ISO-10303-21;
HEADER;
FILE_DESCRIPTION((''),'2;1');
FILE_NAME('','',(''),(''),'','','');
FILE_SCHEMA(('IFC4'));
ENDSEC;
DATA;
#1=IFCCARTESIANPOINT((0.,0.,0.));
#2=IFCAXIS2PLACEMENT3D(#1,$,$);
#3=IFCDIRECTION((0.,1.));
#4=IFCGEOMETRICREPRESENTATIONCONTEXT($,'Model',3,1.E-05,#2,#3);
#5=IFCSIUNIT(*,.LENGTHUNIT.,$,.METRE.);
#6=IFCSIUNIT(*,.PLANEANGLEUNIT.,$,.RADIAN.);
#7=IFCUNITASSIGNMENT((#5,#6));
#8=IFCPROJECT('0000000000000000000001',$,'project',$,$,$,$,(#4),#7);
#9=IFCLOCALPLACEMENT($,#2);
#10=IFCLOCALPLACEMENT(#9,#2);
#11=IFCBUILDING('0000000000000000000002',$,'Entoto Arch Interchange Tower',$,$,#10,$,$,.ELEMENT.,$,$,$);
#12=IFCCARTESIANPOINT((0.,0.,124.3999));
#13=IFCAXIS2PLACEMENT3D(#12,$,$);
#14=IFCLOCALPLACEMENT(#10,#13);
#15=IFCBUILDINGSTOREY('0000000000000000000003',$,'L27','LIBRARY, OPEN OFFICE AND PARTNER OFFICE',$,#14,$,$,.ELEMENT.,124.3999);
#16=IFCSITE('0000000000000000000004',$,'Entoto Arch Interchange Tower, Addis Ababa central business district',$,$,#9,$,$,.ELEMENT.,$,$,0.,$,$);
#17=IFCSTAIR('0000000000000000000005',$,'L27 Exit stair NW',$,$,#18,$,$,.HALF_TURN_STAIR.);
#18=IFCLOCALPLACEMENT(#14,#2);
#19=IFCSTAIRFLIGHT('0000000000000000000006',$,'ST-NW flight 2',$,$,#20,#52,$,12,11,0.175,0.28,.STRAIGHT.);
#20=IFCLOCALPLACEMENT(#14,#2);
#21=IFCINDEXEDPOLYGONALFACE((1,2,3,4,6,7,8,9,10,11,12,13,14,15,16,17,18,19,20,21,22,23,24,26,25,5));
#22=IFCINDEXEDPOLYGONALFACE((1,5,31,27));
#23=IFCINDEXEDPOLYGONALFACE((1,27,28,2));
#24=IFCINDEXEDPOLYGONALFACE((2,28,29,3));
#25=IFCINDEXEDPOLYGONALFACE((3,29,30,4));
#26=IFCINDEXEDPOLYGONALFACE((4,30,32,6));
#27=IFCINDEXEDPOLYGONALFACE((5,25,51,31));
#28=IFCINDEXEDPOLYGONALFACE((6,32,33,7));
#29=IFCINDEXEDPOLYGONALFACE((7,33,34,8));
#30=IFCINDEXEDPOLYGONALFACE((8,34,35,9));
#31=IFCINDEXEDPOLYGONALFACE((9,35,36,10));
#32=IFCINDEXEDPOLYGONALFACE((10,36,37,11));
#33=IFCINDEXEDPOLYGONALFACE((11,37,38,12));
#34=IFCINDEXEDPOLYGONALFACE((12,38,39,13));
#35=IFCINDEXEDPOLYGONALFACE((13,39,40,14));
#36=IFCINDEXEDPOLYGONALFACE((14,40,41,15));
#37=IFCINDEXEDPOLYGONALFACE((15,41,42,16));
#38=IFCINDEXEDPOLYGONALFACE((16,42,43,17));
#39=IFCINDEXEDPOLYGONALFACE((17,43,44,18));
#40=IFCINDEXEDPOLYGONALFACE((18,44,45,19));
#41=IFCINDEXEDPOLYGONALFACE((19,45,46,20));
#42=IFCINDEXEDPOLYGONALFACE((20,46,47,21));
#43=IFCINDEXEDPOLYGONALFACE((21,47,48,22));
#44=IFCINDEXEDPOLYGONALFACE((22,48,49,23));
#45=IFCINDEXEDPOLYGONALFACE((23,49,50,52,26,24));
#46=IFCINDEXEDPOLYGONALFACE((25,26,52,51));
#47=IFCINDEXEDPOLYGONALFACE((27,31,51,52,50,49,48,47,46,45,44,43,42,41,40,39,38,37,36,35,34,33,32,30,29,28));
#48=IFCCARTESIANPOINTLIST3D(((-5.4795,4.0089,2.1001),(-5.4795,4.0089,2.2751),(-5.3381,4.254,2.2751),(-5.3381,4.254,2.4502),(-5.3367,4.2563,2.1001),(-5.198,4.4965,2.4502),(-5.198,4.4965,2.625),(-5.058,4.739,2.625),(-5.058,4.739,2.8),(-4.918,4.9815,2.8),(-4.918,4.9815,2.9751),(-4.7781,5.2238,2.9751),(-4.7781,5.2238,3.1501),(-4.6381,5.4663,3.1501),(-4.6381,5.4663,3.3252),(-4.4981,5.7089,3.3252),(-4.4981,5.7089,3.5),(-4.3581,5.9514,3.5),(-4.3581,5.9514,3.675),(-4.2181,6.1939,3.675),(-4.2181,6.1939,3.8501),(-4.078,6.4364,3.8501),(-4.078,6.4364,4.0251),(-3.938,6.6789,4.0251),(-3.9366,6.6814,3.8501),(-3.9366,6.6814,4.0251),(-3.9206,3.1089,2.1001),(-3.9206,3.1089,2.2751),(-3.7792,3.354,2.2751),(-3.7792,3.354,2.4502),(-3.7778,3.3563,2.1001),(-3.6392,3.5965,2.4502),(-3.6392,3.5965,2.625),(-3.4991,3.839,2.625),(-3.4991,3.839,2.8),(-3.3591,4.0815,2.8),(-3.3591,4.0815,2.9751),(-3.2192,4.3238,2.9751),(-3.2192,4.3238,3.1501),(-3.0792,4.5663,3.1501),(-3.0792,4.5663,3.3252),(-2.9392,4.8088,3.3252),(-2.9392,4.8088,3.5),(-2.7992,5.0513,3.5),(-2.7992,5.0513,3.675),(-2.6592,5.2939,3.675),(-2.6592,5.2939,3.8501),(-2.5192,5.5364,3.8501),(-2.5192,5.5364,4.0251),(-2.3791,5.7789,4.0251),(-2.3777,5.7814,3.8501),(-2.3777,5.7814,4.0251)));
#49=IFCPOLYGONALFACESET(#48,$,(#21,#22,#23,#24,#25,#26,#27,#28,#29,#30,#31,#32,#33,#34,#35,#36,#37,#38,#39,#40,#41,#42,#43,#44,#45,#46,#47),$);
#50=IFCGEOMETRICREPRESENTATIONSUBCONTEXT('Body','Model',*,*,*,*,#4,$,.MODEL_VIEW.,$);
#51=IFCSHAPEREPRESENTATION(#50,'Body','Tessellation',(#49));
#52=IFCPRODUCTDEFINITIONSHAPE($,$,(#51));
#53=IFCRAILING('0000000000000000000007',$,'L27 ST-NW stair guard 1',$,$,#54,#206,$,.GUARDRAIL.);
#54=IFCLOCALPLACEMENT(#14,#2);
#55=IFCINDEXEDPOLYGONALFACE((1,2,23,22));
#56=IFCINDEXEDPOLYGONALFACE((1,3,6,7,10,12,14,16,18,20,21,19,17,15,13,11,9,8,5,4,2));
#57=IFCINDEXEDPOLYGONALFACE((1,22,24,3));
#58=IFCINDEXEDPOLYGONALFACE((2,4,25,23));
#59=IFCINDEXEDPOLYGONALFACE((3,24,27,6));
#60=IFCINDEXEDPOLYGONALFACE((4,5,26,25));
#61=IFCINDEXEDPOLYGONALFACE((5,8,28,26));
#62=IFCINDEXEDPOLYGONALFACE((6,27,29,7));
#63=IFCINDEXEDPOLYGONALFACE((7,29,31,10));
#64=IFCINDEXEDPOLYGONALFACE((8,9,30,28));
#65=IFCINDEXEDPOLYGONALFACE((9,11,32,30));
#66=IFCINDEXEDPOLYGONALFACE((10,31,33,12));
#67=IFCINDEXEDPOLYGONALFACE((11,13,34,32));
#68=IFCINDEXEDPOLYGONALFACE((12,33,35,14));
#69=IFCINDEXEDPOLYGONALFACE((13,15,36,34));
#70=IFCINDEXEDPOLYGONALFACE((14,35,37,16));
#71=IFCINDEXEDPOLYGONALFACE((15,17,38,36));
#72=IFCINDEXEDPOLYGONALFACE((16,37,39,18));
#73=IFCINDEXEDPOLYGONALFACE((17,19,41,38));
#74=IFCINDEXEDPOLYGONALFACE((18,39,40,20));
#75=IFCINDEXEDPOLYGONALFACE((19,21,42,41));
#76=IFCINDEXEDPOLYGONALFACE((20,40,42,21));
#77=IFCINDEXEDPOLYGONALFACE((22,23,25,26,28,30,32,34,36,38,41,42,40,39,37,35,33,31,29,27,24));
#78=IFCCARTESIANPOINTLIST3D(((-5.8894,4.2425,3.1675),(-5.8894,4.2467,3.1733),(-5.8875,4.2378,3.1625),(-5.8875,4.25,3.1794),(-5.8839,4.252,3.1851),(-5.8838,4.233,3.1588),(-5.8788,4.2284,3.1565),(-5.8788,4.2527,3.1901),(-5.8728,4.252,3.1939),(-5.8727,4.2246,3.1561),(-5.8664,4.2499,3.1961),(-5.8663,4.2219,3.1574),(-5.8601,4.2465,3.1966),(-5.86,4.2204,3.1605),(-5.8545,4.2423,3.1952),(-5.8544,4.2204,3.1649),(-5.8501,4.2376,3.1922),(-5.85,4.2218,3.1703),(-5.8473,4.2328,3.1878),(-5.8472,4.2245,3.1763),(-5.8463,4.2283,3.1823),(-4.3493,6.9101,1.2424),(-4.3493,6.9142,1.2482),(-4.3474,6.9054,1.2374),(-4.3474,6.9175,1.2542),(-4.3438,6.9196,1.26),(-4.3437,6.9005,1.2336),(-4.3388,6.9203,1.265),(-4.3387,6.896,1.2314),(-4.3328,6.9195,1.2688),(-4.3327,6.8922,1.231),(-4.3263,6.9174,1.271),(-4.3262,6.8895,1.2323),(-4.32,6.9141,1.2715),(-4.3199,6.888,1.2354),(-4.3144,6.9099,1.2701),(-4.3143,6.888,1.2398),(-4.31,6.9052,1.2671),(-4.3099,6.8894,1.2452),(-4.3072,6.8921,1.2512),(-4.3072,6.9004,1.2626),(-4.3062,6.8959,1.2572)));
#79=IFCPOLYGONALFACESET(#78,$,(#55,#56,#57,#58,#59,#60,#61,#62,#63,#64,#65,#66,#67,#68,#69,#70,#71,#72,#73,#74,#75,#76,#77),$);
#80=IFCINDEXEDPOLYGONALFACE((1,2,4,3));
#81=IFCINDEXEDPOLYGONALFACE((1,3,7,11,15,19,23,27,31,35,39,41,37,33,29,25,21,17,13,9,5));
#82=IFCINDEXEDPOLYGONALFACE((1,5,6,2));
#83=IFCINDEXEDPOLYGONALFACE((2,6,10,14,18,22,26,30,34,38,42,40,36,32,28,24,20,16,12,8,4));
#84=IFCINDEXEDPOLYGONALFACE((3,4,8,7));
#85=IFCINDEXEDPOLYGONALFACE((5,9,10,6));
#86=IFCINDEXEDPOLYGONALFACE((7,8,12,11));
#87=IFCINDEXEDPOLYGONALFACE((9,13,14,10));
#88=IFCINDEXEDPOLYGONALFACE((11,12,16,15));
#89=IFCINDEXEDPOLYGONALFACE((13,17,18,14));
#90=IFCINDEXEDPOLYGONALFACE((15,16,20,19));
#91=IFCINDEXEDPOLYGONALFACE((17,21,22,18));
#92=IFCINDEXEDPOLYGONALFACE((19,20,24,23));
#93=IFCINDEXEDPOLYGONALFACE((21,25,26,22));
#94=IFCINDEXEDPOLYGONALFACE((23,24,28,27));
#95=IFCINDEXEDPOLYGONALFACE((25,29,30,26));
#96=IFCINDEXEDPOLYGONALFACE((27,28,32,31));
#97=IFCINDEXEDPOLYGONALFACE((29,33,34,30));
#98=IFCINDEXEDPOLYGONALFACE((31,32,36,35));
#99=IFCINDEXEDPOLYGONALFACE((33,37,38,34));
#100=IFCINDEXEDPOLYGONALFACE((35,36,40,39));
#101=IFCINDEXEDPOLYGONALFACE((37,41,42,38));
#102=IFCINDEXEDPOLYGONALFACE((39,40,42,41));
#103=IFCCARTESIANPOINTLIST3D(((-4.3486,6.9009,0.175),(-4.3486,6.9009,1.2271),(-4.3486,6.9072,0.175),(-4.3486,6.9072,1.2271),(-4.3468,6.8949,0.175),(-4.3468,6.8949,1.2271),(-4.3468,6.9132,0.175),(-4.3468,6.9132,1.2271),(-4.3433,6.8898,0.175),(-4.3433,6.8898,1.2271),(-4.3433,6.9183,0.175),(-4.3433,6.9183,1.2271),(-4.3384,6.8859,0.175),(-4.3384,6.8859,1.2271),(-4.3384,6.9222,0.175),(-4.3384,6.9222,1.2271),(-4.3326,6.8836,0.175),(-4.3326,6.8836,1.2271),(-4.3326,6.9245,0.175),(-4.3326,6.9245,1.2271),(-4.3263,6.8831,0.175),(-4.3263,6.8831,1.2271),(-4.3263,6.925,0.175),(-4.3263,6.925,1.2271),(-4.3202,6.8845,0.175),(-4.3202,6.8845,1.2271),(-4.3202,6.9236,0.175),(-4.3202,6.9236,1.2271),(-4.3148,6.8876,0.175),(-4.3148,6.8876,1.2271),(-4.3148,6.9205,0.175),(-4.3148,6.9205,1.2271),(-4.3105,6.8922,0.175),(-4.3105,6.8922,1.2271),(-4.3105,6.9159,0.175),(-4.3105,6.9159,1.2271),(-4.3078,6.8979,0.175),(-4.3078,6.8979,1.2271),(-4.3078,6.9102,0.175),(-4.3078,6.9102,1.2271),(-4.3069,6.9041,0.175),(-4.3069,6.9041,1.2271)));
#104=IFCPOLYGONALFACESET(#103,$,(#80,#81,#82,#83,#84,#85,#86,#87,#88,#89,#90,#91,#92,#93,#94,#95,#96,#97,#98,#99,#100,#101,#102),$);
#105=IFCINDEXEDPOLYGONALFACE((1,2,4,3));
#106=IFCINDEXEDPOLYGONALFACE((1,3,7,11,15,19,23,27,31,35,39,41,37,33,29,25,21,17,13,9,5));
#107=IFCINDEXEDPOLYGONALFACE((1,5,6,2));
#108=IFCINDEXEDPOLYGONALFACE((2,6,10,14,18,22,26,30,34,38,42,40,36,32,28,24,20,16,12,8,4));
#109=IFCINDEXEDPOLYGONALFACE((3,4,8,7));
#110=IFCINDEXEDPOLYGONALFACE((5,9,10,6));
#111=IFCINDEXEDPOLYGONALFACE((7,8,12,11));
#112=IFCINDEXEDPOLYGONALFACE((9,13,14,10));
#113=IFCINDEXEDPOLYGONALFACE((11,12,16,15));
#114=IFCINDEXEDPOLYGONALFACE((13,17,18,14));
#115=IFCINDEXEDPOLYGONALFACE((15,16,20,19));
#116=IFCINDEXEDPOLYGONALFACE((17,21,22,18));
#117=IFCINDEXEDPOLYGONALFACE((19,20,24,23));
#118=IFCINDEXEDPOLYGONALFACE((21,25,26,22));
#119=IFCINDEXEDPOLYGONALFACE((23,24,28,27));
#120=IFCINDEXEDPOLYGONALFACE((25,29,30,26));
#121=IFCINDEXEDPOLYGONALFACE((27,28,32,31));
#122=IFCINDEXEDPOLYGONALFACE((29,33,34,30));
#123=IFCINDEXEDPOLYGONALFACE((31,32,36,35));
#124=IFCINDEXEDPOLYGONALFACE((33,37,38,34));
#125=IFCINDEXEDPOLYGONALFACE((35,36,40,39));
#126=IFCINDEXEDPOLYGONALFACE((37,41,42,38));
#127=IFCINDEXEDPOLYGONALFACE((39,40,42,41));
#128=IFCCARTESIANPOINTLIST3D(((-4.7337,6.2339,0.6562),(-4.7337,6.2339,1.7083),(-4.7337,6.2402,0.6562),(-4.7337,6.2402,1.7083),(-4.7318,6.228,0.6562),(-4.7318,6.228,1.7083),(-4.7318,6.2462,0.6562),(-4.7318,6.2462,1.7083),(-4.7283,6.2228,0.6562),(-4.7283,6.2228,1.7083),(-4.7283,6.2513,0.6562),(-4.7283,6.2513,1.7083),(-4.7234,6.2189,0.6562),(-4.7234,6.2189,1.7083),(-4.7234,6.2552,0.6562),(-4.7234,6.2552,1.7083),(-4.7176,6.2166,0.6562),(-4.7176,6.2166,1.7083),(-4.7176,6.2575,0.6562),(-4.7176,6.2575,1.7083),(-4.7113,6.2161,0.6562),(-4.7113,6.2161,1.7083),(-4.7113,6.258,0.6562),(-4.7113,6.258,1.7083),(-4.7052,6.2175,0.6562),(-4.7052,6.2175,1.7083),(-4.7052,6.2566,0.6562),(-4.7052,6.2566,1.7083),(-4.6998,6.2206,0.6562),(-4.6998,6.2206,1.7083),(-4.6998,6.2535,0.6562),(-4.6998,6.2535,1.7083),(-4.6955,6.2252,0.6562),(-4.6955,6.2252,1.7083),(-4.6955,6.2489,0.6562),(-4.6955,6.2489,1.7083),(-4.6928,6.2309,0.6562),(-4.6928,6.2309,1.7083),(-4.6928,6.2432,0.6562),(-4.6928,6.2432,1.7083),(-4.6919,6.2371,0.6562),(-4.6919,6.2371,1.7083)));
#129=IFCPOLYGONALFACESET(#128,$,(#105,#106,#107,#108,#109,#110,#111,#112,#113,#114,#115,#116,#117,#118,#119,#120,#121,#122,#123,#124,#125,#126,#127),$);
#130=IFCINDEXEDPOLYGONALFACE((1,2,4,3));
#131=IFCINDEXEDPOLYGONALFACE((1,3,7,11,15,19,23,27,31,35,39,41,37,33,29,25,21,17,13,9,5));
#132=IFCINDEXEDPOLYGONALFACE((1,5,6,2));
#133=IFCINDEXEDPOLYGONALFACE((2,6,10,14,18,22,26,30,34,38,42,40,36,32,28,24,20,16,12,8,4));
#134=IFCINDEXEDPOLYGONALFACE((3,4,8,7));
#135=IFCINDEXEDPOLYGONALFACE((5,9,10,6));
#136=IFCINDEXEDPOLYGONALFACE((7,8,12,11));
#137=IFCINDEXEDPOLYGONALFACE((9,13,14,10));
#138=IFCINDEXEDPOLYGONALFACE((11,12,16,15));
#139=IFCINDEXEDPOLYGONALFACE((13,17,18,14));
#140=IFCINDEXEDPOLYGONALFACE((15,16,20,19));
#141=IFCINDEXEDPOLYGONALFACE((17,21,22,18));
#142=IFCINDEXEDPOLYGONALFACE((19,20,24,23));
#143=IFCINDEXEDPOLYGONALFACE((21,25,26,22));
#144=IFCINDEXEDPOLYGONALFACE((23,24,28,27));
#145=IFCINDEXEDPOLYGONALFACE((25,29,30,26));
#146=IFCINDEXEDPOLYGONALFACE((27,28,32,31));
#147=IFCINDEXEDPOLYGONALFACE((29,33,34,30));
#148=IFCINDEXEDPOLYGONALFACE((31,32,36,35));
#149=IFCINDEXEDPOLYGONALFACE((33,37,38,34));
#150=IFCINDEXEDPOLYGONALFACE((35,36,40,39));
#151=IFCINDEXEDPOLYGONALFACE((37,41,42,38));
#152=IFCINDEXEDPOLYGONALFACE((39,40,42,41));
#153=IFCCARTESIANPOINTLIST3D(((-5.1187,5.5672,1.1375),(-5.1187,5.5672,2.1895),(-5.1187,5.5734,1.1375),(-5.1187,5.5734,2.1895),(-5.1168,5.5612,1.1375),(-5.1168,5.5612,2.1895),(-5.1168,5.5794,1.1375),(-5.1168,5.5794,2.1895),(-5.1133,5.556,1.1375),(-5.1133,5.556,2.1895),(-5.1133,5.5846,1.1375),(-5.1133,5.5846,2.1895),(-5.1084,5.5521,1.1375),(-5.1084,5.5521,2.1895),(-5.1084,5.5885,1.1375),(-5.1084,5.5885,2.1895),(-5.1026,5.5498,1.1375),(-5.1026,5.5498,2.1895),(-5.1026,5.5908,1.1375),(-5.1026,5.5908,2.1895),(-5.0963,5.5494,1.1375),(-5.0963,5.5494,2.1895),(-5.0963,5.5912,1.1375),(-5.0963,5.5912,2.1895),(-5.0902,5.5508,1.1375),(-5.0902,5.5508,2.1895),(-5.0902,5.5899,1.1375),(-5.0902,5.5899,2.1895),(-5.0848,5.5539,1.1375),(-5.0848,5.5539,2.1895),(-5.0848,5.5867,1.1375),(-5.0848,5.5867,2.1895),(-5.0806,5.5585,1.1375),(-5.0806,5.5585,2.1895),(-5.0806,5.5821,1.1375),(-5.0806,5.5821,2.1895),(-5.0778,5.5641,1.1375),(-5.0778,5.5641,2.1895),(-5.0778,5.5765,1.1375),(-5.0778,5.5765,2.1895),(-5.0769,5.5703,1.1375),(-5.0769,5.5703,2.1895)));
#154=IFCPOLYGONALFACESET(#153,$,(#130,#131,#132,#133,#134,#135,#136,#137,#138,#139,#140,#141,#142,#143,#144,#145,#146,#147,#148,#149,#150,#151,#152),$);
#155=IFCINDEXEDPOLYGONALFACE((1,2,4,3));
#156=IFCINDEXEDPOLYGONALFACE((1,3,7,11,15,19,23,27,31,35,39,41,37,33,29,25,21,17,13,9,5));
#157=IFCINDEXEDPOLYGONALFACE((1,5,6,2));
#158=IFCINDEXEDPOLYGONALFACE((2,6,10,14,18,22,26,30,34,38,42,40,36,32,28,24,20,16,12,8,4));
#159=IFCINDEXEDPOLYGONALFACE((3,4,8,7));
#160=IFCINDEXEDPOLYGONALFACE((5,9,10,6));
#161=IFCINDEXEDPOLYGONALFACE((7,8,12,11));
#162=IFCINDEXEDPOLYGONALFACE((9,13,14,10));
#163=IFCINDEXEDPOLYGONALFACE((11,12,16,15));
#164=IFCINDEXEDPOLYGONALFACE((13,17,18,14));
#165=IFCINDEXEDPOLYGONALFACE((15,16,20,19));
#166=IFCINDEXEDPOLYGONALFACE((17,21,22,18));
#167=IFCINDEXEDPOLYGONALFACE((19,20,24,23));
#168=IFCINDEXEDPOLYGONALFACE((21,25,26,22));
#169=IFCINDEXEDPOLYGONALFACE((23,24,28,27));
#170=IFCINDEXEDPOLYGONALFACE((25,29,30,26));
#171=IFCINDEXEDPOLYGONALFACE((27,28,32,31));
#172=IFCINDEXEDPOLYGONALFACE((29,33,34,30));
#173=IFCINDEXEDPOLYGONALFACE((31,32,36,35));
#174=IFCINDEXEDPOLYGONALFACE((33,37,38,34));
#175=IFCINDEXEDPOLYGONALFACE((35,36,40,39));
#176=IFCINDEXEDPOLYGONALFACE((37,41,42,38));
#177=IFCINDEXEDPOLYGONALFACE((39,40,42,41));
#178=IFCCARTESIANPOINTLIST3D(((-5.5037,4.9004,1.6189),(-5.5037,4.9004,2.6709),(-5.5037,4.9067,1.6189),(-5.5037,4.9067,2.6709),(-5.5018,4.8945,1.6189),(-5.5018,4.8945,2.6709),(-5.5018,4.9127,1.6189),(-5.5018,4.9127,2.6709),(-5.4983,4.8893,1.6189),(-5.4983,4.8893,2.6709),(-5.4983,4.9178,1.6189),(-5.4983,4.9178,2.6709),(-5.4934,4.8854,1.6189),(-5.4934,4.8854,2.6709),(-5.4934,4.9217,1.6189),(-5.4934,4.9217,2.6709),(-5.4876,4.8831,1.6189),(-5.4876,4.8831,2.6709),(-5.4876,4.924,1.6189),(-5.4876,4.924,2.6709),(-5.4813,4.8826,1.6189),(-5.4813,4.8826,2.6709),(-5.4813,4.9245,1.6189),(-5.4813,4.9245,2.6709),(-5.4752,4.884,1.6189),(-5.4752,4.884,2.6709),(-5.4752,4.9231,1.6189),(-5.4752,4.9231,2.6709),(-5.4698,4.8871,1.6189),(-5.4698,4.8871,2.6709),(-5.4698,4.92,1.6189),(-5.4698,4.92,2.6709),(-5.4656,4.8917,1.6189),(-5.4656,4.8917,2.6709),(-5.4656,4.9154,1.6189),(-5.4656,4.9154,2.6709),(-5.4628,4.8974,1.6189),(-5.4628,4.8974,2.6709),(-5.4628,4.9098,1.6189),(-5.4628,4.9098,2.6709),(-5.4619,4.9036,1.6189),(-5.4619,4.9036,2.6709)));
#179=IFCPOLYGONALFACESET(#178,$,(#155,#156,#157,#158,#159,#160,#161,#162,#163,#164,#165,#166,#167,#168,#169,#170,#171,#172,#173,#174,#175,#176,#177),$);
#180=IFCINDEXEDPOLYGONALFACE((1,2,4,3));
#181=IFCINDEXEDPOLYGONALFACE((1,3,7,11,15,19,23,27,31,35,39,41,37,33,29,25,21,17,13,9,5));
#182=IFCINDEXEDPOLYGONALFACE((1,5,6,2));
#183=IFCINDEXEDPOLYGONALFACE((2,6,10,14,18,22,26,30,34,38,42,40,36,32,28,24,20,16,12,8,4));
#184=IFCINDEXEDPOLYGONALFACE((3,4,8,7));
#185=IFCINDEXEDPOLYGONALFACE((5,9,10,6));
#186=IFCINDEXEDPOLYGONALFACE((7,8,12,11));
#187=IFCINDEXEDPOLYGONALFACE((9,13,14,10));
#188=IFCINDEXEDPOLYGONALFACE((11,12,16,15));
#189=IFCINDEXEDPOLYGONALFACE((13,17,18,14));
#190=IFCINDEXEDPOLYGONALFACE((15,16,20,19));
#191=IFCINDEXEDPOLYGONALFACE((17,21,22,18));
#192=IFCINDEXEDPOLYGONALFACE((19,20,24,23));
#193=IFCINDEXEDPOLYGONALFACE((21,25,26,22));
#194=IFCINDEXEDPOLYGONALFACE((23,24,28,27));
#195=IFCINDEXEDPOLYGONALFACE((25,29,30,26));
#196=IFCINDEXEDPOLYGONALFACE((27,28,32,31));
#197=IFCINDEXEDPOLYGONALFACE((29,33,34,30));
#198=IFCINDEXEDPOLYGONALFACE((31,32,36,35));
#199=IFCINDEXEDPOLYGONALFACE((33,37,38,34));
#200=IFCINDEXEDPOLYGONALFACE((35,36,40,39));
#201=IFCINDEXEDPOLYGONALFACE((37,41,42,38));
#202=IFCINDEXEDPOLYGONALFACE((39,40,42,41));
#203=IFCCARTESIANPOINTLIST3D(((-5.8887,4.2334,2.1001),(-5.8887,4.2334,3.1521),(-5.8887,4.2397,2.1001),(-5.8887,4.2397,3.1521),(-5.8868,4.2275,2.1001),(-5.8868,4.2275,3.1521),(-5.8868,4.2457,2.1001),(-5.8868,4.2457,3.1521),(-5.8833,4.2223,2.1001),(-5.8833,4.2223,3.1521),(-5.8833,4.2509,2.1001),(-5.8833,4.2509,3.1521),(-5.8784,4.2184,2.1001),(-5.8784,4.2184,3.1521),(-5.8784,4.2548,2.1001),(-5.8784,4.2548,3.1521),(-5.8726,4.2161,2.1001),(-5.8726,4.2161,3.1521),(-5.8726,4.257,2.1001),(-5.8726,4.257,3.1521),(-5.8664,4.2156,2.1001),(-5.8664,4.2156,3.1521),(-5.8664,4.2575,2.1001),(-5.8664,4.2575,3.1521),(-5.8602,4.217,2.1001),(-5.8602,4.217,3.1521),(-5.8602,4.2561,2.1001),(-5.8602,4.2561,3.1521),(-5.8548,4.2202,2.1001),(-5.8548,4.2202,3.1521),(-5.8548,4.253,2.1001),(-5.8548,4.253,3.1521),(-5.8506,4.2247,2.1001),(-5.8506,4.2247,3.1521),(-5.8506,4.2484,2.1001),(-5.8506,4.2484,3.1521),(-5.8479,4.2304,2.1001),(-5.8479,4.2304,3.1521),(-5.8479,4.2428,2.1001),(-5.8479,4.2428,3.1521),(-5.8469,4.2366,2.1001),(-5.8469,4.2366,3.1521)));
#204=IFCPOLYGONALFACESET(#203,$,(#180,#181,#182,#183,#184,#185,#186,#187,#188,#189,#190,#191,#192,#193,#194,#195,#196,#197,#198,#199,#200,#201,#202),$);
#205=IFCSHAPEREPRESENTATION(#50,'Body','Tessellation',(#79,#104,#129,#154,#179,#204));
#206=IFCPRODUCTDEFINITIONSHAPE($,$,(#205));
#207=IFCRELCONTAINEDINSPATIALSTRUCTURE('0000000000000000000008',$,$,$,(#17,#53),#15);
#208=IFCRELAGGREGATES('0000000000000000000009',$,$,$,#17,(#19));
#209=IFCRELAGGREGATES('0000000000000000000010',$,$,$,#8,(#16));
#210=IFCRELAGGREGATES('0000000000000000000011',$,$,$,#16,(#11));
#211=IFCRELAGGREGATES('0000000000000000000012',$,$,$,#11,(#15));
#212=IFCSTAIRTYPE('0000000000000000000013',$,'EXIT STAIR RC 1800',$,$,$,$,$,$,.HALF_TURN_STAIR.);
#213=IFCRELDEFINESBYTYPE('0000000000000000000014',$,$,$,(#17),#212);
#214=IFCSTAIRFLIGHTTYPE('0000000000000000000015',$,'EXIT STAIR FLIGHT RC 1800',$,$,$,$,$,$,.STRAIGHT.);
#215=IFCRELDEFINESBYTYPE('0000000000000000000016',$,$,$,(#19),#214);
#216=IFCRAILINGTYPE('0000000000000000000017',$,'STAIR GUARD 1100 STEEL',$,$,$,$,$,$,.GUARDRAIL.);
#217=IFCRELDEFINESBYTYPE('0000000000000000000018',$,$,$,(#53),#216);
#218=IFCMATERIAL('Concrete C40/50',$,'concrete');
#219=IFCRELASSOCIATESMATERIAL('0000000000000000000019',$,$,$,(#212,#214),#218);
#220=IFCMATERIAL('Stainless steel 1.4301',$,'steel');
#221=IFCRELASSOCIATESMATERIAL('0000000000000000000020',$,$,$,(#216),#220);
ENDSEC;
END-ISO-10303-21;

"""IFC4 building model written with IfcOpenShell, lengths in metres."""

from ifc_helpers import new_model, si_unit, direction, frame, origin, origin_2d, place, context, subcontext, project, spatial, polyline, circle, outline, extrude, material, type_object, element, aggregate, save


model = new_model("IFC4")

# Units and contexts
model_context = context("Model", 3, precision=1e-05, world=origin(), true_north=direction((0.0, 1.0)))
body_context = subcontext(model_context, "Body", "Model", "MODEL_VIEW")
ifc_project = project(units=[si_unit("LENGTHUNIT", "METRE"), si_unit("PLANEANGLEUNIT", "RADIAN")], contexts=[model_context])

# Site, building, storey
site_placement = place(None, origin())
site = spatial("IfcSite", under=ifc_project, at=site_placement, Name="Entoto Arch Interchange Tower, Addis Ababa central business district", CompositionType="ELEMENT", RefElevation=0.0)
building_placement = place(site_placement, origin())
building = spatial("IfcBuilding", under=site, at=building_placement, Name="Entoto Arch Interchange Tower", CompositionType="ELEMENT")
storey_placement = place(building_placement, frame((0.0, 0.0, 124.3999)))
storey = spatial("IfcBuildingStorey", under=building, at=storey_placement, Name="L27", Description="LIBRARY, OPEN OFFICE AND PARTNER OFFICE", CompositionType="ELEMENT", Elevation=124.3999)

# Shared definitions
ifc_material_1 = material(Name="Concrete C40/50", Category="concrete")

# Stair, stair flight
stair_type = type_object("IfcStairType", Name="EXIT STAIR RC 1800", PredefinedType="HALF_TURN_STAIR", material=ifc_material_1)
stair_placement = place(storey_placement, origin())
stair = element("IfcStair", 1, at=stair_placement, inside=storey, type_object=stair_type, Name="L27 Exit stair NW", PredefinedType="HALF_TURN_STAIR")
stair_flight_type = type_object("IfcStairFlightType", Name="EXIT STAIR FLIGHT RC 1800", PredefinedType="STRAIGHT", material=ifc_material_1)
stair_flight_placement = place(storey_placement, frame((-4.6987, 3.5615, 2.1001), z_axis=(0.0, 0.0, 1.0), x_axis=(0.5, 0.866025, 0.0)))
stair_flight = element("IfcStairFlight", 2, at=stair_flight_placement, type_object=stair_flight_type, Name="ST-NW flight 2", NumberOfRisers=12, NumberOfTreads=11, PredefinedType="STRAIGHT", RiserHeight=0.175, TreadLength=0.28, context=body_context, shape_type="SweptSolid", body=[
    extrude(outline(polyline([(-0.0029, 0.0), (-0.0029, 0.175), (0.28, 0.175), (0.28, 0.3501), (0.5601, 0.3501), (0.5601, 0.5249), (0.8401, 0.5249), (0.8401, 0.7), (1.1201, 0.7), (1.1201, 0.875), (1.3999, 0.875), (1.3999, 1.05), (1.6799, 1.05), (1.6799, 1.2251), (1.96, 1.2251), (1.96, 1.3999), (2.24, 1.3999), (2.24, 1.575), (2.52, 1.575), (2.52, 1.75), (2.8, 1.75), (2.8, 1.925), (3.0801, 1.925), (3.083, 1.925), (3.083, 1.75), (0.2827, 0.0), (-0.0029, 0.0)])), frame((0.0, 0.8999, 0.0), z_axis=(0.0, -1.0, 0.0), x_axis=(1.0, 0.0, 0.0)), (0.0, 0.0, 1.0), 1.8),
])
aggregate(stair, [stair_flight])

# Railing
ifc_material_2 = material(Name="Stainless steel 1.4301", Category="steel")
railing_type = type_object("IfcRailingType", Name="STAIR GUARD 1100 STEEL", PredefinedType="GUARDRAIL", material=ifc_material_2)
railing_1_placement = place(storey_placement, frame((-4.3279, 6.9041, 0.175)))
element("IfcRailing", 3, at=railing_1_placement, inside=storey, type_object=railing_type, Name="L27 ST-NW stair guard 1", PredefinedType="GUARDRAIL", context=body_context, shape_type="SweptSolid", body=[
    extrude(circle(Radius=0.0239, at=origin_2d()), frame((0.0, 0.0, 1.0762), z_axis=(-0.423994, -0.734395, 0.529993), x_axis=(0.86603, -0.499992, 0.0)), (0.0, 0.0, 1.0), 3.6323),
    extrude(circle(Radius=0.021, at=origin_2d()), origin(), (0.0, 0.0, 1.0), 1.052),
    extrude(circle(Radius=0.021, at=origin_2d()), frame((-0.385, -0.667, 0.4812)), (0.0, 0.0, 1.0), 1.052),
    extrude(circle(Radius=0.021, at=origin_2d()), frame((-0.77, -1.3337, 0.9624)), (0.0, 0.0, 1.0), 1.052),
    extrude(circle(Radius=0.021, at=origin_2d()), frame((-1.155, -2.0005, 1.4438)), (0.0, 0.0, 1.0), 1.052),
    extrude(circle(Radius=0.021, at=origin_2d()), frame((-1.54, -2.6675, 1.925)), (0.0, 0.0, 1.0), 1.052),
])

save(model, "model.ifc")
